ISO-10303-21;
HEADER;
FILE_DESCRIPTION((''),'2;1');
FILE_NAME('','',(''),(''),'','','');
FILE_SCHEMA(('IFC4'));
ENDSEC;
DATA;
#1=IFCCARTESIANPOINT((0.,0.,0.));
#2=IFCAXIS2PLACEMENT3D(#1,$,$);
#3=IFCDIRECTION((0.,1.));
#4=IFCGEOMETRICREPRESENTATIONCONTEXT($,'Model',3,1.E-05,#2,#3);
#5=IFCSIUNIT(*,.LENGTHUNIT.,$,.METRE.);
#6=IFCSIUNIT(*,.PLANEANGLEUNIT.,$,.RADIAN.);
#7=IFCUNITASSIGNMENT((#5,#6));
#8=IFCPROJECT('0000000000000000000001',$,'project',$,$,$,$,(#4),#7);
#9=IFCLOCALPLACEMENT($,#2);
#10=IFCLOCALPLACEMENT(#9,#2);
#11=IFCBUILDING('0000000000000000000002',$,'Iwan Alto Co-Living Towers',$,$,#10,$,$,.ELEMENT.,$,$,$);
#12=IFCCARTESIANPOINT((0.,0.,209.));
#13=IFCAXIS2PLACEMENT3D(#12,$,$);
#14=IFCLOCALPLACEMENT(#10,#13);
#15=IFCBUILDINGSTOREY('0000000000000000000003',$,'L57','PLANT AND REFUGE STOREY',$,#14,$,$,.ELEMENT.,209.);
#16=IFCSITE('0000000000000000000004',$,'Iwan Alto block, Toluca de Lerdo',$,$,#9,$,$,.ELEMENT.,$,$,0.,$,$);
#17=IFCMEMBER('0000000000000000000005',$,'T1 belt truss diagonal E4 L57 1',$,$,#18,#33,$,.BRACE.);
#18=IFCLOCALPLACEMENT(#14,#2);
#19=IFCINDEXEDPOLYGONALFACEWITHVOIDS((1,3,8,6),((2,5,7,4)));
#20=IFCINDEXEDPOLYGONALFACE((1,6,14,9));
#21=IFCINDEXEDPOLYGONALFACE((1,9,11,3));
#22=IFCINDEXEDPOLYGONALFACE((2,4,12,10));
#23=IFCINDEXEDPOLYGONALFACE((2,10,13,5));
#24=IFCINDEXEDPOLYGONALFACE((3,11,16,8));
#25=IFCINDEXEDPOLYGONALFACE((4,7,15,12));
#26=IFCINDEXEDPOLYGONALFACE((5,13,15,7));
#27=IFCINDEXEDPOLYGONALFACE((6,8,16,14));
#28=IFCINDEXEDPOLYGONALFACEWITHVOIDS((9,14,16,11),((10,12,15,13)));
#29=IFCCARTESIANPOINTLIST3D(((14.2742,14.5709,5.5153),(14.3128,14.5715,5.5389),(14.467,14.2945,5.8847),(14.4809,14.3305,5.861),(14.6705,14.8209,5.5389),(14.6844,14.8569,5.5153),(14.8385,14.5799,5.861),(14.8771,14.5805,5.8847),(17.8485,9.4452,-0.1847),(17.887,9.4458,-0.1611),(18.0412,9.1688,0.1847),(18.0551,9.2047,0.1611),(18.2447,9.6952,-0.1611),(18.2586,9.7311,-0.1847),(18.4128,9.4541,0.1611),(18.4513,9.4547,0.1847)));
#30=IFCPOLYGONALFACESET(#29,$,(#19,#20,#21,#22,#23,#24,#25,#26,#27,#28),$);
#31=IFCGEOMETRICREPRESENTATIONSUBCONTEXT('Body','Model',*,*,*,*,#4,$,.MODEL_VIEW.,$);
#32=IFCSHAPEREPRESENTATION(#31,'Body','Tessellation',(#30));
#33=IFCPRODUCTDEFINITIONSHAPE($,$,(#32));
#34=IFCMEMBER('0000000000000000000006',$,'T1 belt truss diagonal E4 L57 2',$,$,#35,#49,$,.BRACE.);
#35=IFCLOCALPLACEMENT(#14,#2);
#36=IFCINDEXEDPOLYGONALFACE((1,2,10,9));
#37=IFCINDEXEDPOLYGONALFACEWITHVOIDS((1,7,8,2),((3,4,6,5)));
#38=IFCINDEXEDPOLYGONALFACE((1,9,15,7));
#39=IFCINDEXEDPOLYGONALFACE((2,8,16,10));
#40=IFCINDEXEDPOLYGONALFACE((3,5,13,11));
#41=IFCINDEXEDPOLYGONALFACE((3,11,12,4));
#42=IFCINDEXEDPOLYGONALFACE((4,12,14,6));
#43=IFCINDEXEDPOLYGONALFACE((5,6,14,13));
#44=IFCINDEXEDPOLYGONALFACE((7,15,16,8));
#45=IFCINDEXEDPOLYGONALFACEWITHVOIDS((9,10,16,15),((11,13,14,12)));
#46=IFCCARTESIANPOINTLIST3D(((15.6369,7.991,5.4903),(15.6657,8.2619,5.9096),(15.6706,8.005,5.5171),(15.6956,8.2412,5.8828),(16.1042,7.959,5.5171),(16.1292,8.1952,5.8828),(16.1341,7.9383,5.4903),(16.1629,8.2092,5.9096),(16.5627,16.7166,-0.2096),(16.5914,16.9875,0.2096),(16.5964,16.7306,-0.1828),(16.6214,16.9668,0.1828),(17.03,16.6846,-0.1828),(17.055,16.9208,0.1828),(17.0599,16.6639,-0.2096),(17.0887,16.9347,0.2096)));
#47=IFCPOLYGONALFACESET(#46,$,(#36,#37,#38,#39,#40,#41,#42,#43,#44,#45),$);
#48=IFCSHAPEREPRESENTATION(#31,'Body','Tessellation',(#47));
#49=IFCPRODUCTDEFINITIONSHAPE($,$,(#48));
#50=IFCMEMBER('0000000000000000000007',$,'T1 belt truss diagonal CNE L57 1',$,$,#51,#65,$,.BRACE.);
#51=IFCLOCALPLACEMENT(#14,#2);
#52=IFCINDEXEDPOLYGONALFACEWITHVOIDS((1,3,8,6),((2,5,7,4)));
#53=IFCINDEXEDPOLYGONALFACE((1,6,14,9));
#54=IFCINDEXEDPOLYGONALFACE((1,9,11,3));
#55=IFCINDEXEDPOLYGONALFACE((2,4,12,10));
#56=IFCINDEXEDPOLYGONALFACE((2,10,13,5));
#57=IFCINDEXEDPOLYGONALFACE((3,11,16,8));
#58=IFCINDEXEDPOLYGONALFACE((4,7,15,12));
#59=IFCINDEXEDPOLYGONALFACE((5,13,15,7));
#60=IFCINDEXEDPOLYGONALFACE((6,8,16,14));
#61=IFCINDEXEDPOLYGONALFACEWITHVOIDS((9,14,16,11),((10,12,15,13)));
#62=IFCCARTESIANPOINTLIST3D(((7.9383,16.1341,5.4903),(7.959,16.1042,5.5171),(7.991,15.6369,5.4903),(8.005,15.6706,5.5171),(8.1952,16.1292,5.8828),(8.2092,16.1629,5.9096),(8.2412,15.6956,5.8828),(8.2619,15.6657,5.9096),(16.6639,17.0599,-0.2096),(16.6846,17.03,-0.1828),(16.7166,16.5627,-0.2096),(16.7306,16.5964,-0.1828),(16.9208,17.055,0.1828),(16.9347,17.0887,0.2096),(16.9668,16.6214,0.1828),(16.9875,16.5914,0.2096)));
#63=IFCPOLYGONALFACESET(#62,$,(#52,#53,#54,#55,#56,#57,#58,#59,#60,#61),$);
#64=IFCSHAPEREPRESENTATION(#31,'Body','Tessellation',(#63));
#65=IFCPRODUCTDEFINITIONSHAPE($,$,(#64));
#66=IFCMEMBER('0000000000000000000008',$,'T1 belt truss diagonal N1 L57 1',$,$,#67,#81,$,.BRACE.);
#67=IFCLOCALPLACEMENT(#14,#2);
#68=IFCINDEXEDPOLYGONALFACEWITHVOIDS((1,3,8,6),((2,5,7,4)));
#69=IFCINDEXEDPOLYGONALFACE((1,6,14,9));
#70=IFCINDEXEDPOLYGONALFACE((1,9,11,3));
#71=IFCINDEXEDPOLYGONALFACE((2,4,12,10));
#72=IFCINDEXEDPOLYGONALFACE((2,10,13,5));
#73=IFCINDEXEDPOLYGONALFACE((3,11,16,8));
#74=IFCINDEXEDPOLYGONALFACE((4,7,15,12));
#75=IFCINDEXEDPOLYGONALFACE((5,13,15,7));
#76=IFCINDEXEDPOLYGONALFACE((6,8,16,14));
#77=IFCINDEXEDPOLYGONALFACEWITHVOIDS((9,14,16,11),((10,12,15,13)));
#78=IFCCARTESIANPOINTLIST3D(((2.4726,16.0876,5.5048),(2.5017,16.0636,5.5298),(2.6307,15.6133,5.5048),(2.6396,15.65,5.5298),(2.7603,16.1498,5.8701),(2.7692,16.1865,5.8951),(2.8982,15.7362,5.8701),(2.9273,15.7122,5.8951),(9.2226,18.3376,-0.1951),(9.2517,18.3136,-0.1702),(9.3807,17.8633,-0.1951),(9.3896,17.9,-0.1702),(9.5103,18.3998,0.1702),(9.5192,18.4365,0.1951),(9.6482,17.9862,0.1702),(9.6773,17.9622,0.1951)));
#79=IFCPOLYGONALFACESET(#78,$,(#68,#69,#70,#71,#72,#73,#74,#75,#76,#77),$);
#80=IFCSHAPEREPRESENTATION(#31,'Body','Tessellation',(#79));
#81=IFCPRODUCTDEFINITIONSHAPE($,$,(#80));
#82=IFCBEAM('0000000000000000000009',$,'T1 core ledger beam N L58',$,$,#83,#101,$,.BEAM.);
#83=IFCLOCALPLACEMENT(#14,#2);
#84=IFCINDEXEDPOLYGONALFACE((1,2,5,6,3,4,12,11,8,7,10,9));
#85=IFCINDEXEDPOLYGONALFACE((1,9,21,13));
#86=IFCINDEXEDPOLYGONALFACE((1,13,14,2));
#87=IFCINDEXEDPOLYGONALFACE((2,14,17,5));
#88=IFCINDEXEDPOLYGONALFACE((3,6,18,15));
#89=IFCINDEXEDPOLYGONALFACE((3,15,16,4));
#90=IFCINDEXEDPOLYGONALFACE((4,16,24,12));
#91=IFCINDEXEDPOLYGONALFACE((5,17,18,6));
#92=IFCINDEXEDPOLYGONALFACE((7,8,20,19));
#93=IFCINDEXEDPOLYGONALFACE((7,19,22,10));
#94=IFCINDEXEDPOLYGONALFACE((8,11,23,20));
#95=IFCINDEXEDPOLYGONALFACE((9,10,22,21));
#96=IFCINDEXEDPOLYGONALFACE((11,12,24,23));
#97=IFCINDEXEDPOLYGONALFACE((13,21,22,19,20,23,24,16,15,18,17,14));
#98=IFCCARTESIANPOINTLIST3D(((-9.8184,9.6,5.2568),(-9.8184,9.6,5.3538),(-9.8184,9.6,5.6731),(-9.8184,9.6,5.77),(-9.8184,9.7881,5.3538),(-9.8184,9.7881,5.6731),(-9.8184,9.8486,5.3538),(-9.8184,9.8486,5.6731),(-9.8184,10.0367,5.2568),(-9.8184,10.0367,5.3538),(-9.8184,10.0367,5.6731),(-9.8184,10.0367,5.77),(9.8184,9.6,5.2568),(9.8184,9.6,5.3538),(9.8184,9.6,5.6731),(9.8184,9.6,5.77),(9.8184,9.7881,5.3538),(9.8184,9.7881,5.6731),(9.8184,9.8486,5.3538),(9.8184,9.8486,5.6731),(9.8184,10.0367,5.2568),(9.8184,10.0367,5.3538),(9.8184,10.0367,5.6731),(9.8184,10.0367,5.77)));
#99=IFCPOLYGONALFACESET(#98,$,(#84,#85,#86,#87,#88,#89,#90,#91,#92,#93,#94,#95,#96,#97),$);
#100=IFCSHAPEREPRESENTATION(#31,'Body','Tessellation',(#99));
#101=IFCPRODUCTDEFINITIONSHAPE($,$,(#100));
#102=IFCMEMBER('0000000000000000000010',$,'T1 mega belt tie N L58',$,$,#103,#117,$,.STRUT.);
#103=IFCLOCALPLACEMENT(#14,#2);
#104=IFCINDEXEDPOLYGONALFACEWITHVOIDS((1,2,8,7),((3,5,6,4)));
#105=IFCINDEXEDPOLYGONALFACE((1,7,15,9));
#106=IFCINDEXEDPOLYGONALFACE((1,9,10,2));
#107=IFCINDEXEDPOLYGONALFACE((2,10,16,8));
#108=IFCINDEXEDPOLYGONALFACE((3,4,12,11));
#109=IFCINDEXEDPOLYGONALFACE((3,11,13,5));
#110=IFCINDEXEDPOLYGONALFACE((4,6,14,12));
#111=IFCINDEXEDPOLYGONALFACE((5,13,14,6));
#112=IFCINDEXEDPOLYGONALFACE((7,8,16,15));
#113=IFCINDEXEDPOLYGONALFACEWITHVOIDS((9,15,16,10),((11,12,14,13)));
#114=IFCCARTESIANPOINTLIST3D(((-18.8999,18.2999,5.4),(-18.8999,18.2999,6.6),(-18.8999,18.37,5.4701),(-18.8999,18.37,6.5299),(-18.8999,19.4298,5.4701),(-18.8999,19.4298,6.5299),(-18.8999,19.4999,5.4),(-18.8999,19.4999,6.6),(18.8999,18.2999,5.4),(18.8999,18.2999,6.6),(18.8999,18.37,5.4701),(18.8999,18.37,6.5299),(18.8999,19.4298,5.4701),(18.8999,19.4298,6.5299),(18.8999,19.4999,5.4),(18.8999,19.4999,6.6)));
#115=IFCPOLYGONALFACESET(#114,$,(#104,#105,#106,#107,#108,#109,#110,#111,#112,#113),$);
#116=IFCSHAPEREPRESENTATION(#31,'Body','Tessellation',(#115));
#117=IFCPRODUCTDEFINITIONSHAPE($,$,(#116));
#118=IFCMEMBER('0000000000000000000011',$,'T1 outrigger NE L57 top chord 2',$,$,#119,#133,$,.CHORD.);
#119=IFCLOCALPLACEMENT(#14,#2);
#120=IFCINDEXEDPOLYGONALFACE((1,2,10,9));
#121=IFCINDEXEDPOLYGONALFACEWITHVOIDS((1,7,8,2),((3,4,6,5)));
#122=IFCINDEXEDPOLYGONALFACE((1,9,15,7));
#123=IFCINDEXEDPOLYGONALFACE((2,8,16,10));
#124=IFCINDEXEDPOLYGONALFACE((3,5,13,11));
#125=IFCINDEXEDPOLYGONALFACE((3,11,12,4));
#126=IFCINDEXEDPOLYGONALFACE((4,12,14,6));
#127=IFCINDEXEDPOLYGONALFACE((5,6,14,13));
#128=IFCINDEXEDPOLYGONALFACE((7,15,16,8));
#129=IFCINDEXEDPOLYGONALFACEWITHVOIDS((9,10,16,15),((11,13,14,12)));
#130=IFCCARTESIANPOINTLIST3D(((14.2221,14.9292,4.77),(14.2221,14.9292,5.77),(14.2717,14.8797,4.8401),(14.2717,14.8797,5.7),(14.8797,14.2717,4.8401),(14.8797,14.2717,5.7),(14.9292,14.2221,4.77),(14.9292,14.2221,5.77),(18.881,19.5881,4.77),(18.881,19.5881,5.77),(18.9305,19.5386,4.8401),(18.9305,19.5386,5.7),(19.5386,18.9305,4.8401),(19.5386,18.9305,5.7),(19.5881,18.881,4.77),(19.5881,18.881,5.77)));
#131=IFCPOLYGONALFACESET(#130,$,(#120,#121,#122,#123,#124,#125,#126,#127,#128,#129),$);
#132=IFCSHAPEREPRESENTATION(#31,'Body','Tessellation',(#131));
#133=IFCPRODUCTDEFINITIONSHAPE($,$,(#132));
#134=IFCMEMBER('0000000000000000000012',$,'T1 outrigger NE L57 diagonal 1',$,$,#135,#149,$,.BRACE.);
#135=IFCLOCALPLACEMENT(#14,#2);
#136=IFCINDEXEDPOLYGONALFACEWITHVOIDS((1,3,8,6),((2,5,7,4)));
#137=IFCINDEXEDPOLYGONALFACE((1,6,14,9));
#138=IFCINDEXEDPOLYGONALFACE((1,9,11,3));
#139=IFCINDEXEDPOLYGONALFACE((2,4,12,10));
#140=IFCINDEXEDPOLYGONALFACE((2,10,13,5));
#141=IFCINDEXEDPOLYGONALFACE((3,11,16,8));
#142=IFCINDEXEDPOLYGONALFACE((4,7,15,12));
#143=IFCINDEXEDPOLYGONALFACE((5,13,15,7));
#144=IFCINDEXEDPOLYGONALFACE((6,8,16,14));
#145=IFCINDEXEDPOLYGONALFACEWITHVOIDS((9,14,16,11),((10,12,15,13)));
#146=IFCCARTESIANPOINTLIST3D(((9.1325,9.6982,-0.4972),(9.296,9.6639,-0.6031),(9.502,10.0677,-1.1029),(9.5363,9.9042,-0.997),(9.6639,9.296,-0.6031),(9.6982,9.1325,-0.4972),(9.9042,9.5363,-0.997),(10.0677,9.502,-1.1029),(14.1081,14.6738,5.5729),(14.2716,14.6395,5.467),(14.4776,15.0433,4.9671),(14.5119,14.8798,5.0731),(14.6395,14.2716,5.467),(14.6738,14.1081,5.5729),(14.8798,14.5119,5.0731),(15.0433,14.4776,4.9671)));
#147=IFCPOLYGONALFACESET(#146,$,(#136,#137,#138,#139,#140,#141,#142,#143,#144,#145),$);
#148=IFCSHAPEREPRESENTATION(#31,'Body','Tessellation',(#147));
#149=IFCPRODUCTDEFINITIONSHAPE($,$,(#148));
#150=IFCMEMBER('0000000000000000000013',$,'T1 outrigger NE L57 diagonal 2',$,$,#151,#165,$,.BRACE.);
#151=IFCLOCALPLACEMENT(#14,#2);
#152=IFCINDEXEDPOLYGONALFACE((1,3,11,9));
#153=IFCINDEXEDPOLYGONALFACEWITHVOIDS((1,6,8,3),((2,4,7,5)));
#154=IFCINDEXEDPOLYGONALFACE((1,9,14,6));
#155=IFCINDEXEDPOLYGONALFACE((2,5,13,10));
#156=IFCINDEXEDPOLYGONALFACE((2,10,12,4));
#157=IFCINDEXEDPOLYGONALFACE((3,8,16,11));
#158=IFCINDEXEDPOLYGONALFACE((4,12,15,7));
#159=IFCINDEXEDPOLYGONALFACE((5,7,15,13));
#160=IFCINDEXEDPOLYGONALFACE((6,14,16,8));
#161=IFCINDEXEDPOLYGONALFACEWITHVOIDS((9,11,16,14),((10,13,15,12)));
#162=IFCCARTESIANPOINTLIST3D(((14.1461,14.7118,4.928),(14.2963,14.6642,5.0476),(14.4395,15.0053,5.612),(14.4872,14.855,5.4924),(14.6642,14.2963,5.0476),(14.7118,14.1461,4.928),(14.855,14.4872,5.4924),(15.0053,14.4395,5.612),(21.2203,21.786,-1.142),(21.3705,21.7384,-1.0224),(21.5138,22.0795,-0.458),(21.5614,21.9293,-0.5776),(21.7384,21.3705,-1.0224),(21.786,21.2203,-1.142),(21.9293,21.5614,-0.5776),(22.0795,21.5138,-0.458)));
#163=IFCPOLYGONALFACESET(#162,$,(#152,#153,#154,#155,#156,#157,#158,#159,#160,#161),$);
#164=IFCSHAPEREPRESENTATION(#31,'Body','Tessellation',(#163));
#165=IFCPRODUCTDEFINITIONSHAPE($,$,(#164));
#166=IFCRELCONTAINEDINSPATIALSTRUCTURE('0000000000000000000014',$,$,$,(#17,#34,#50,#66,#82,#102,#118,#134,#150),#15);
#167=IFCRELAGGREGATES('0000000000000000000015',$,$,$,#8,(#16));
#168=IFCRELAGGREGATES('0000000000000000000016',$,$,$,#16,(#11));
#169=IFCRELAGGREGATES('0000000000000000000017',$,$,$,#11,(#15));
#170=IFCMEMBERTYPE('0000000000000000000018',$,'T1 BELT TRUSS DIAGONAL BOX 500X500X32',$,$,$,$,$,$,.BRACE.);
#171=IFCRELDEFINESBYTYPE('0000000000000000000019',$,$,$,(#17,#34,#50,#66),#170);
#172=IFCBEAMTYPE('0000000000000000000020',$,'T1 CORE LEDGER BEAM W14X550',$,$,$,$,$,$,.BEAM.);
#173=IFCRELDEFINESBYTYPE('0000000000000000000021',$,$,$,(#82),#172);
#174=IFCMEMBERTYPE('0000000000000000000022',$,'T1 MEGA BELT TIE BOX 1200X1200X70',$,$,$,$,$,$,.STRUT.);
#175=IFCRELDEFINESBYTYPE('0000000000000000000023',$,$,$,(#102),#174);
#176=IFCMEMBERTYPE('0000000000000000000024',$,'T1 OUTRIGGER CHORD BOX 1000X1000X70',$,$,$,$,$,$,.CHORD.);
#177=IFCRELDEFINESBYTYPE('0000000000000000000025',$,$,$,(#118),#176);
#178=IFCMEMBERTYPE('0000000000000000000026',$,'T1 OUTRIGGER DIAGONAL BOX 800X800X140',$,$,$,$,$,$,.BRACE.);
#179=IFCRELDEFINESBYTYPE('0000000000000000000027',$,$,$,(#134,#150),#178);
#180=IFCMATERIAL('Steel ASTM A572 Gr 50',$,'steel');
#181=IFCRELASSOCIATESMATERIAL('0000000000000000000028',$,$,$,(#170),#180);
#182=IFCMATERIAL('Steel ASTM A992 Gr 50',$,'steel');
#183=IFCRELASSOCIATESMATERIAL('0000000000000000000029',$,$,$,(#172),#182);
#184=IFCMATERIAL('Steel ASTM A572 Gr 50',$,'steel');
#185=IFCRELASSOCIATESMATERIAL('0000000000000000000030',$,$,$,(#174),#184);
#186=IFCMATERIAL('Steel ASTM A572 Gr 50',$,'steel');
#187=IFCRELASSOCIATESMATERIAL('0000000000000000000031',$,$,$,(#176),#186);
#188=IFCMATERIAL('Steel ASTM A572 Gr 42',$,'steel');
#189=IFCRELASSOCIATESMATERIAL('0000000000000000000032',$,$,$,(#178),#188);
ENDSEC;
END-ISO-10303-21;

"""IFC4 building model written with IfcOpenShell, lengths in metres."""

from ifc_helpers import new_model, si_unit, direction, frame, origin, origin_2d, place, context, subcontext, project, spatial, hollow_rectangle, i_section, extrude, material, material_profile, profile_set, type_object, element, save


model = new_model("IFC4")

# Units and contexts
model_context = context("Model", 3, precision=1e-05, world=origin(), true_north=direction((0.0, 1.0)))
body_context = subcontext(model_context, "Body", "Model", "MODEL_VIEW")
ifc_project = project(units=[si_unit("LENGTHUNIT", "METRE"), si_unit("PLANEANGLEUNIT", "RADIAN")], contexts=[model_context])

# Site, building, storey
site_placement = place(None, origin())
site = spatial("IfcSite", under=ifc_project, at=site_placement, Name="Iwan Alto block, Toluca de Lerdo", CompositionType="ELEMENT", RefElevation=0.0)
building_placement = place(site_placement, origin())
building = spatial("IfcBuilding", under=site, at=building_placement, Name="Iwan Alto Co-Living Towers", CompositionType="ELEMENT")
storey_placement = place(building_placement, frame((0.0, 0.0, 209.0)))
storey = spatial("IfcBuildingStorey", under=building, at=storey_placement, Name="L57", Description="PLANT AND REFUGE STOREY", CompositionType="ELEMENT", Elevation=209.0)

# Members
ifc_material_1 = material(Name="Steel ASTM A572 Gr 50", Category="steel")
ifc_material_profile_1 = material_profile(ifc_material_1, hollow_rectangle(XDim=0.5, YDim=0.5, WallThickness=0.032, at=origin_2d()), Name="BOX 500X500X32")
ifc_profile_set_1 = profile_set([ifc_material_profile_1], Name="Steel ASTM A572 Gr 50")
member_type_1 = type_object("IfcMemberType", Name="T1 BELT TRUSS DIAGONAL BOX 500X500X32", PredefinedType="BRACE", material=ifc_profile_set_1)
member_1_placement = place(storey_placement, frame((18.1499, 9.45, 0.0), z_axis=(-0.422585, 0.606022, 0.673913), x_axis=(-0.820268, -0.57198, 0.0)))
element("IfcMember", 1, at=member_1_placement, inside=storey, type_object=member_type_1, Name="T1 belt truss diagonal E4 L57 1", PredefinedType="BRACE", context=body_context, shape_type="SweptSolid", body=[
    extrude(hollow_rectangle(XDim=0.5, YDim=0.5, WallThickness=0.032, at=origin_2d()), origin(), (0.0, 0.0, 1.0), 8.458),
])
for number, where, z_axis, x_axis, name in (
    (2, (16.8257, 16.8257, 0.0), (-0.088478, -0.833916, 0.544752), (0.994419, -0.105507, 0.0), "T1 belt truss diagonal E4 L57 2"),
    (3, (16.8257, 16.8257, 0.0), (-0.833916, -0.088478, 0.544752), (0.105507, -0.994419, 0.0), "T1 belt truss diagonal CNE L57 1"),
):
    element("IfcMember", number, at=place(storey_placement, frame(where, z_axis=z_axis, x_axis=x_axis)), inside=storey, type_object=member_type_1, Name=name, PredefinedType="BRACE", context=body_context, shape_type="SweptSolid", body=[
        extrude(hollow_rectangle(XDim=0.5, YDim=0.5, WallThickness=0.032, at=origin_2d()), origin(), (0.0, 0.0, 1.0), 10.4634),
    ])
member_2_placement = place(storey_placement, frame((9.45, 18.1499, 0.0), z_axis=(-0.740398, -0.246799, 0.62522), x_axis=(0.316228, -0.948683, 0.0)))
element("IfcMember", 4, at=member_2_placement, inside=storey, type_object=member_type_1, Name="T1 belt truss diagonal N1 L57 1", PredefinedType="BRACE", context=body_context, shape_type="SweptSolid", body=[
    extrude(hollow_rectangle(XDim=0.5, YDim=0.5, WallThickness=0.032, at=origin_2d()), origin(), (0.0, 0.0, 1.0), 9.1167),
])

# Beam
ifc_material_2 = material(Name="Steel ASTM A992 Gr 50", Category="steel")
ifc_material_profile_2 = material_profile(ifc_material_2, i_section(OverallWidth=0.4368, OverallDepth=0.5132, WebThickness=0.0605, FlangeThickness=0.0969, at=origin_2d()), Name="W14X550")
ifc_profile_set_2 = profile_set([ifc_material_profile_2], Name="Steel ASTM A992 Gr 50")
beam_type_1 = type_object("IfcBeamType", Name="T1 CORE LEDGER BEAM W14X550", PredefinedType="BEAM", material=ifc_profile_set_2)
beam_1_placement = place(storey_placement, frame((9.8184, 9.8184, 5.5134), z_axis=(-1.0, 0.0, 0.0), x_axis=(0.0, -1.0, 0.0)))
element("IfcBeam", 5, at=beam_1_placement, inside=storey, type_object=beam_type_1, Name="T1 core ledger beam N L58", PredefinedType="BEAM", context=body_context, shape_type="SweptSolid", body=[
    extrude(i_section(OverallWidth=0.4368, OverallDepth=0.5132, WebThickness=0.0605, FlangeThickness=0.0969, at=origin_2d()), origin(), (0.0, 0.0, 1.0), 19.6367),
])

# Members
ifc_material_3 = material(Name="Steel ASTM A572 Gr 50", Category="steel")
ifc_material_profile_3 = material_profile(ifc_material_3, hollow_rectangle(XDim=1.2, YDim=1.2, WallThickness=0.0701, at=origin_2d()), Name="BOX 1200X1200X70")
ifc_profile_set_3 = profile_set([ifc_material_profile_3], Name="Steel ASTM A572 Gr 50")
member_type_2 = type_object("IfcMemberType", Name="T1 MEGA BELT TIE BOX 1200X1200X70", PredefinedType="STRUT", material=ifc_profile_set_3)
member_3_placement = place(storey_placement, frame((18.8999, 18.8999, 6.0), z_axis=(-1.0, 0.0, 0.0), x_axis=(0.0, -1.0, 0.0)))
element("IfcMember", 6, at=member_3_placement, inside=storey, type_object=member_type_2, Name="T1 mega belt tie N L58", PredefinedType="STRUT", context=body_context, shape_type="SweptSolid", body=[
    extrude(hollow_rectangle(XDim=1.2, YDim=1.2, WallThickness=0.0701, at=origin_2d()), origin(), (0.0, 0.0, 1.0), 37.7998),
])
ifc_material_4 = material(Name="Steel ASTM A572 Gr 50", Category="steel")
ifc_material_profile_4 = material_profile(ifc_material_4, hollow_rectangle(XDim=1.0, YDim=1.0, WallThickness=0.0701, at=origin_2d()), Name="BOX 1000X1000X70")
ifc_profile_set_4 = profile_set([ifc_material_profile_4], Name="Steel ASTM A572 Gr 50")
member_type_3 = type_object("IfcMemberType", Name="T1 OUTRIGGER CHORD BOX 1000X1000X70", PredefinedType="CHORD", material=ifc_profile_set_4)
member_4_placement = place(storey_placement, frame((14.5757, 14.5757, 5.27), z_axis=(0.707107, 0.707107, 0.0), x_axis=(-0.707107, 0.707107, 0.0)))
element("IfcMember", 7, at=member_4_placement, inside=storey, type_object=member_type_3, Name="T1 outrigger NE L57 top chord 2", PredefinedType="CHORD", context=body_context, shape_type="SweptSolid", body=[
    extrude(hollow_rectangle(XDim=1.0, YDim=1.0, WallThickness=0.0701, at=origin_2d()), origin(), (0.0, 0.0, 1.0), 6.5886),
])
ifc_material_5 = material(Name="Steel ASTM A572 Gr 42", Category="steel")
ifc_material_profile_5 = material_profile(ifc_material_5, hollow_rectangle(XDim=0.8, YDim=0.8, WallThickness=0.1399, at=origin_2d()), Name="BOX 800X800X140")
ifc_profile_set_5 = profile_set([ifc_material_profile_5], Name="Steel ASTM A572 Gr 42")
member_type_4 = type_object("IfcMemberType", Name="T1 OUTRIGGER DIAGONAL BOX 800X800X140", PredefinedType="BRACE", material=ifc_profile_set_5)
member_5_placement = place(storey_placement, frame((9.6001, 9.6001, -0.8), z_axis=(0.535416, 0.535416, 0.653192), x_axis=(-0.707107, 0.707107, 0.0)))
element("IfcMember", 8, at=member_5_placement, inside=storey, type_object=member_type_4, Name="T1 outrigger NE L57 diagonal 1", PredefinedType="BRACE", context=body_context, shape_type="SweptSolid", body=[
    extrude(hollow_rectangle(XDim=0.8, YDim=0.8, WallThickness=0.1399, at=origin_2d()), origin(), (0.0, 0.0, 1.0), 9.293),
])
member_6_placement = place(storey_placement, frame((14.5757, 14.5757, 5.27), z_axis=(0.604535, 0.604535, -0.518724), x_axis=(-0.707107, 0.707107, 0.0)))
element("IfcMember", 9, at=member_6_placement, inside=storey, type_object=member_type_4, Name="T1 outrigger NE L57 diagonal 2", PredefinedType="BRACE", context=body_context, shape_type="SweptSolid", body=[
    extrude(hollow_rectangle(XDim=0.8, YDim=0.8, WallThickness=0.1399, at=origin_2d()), origin(), (0.0, 0.0, 1.0), 11.7019),
])

save(model, "model.ifc")
